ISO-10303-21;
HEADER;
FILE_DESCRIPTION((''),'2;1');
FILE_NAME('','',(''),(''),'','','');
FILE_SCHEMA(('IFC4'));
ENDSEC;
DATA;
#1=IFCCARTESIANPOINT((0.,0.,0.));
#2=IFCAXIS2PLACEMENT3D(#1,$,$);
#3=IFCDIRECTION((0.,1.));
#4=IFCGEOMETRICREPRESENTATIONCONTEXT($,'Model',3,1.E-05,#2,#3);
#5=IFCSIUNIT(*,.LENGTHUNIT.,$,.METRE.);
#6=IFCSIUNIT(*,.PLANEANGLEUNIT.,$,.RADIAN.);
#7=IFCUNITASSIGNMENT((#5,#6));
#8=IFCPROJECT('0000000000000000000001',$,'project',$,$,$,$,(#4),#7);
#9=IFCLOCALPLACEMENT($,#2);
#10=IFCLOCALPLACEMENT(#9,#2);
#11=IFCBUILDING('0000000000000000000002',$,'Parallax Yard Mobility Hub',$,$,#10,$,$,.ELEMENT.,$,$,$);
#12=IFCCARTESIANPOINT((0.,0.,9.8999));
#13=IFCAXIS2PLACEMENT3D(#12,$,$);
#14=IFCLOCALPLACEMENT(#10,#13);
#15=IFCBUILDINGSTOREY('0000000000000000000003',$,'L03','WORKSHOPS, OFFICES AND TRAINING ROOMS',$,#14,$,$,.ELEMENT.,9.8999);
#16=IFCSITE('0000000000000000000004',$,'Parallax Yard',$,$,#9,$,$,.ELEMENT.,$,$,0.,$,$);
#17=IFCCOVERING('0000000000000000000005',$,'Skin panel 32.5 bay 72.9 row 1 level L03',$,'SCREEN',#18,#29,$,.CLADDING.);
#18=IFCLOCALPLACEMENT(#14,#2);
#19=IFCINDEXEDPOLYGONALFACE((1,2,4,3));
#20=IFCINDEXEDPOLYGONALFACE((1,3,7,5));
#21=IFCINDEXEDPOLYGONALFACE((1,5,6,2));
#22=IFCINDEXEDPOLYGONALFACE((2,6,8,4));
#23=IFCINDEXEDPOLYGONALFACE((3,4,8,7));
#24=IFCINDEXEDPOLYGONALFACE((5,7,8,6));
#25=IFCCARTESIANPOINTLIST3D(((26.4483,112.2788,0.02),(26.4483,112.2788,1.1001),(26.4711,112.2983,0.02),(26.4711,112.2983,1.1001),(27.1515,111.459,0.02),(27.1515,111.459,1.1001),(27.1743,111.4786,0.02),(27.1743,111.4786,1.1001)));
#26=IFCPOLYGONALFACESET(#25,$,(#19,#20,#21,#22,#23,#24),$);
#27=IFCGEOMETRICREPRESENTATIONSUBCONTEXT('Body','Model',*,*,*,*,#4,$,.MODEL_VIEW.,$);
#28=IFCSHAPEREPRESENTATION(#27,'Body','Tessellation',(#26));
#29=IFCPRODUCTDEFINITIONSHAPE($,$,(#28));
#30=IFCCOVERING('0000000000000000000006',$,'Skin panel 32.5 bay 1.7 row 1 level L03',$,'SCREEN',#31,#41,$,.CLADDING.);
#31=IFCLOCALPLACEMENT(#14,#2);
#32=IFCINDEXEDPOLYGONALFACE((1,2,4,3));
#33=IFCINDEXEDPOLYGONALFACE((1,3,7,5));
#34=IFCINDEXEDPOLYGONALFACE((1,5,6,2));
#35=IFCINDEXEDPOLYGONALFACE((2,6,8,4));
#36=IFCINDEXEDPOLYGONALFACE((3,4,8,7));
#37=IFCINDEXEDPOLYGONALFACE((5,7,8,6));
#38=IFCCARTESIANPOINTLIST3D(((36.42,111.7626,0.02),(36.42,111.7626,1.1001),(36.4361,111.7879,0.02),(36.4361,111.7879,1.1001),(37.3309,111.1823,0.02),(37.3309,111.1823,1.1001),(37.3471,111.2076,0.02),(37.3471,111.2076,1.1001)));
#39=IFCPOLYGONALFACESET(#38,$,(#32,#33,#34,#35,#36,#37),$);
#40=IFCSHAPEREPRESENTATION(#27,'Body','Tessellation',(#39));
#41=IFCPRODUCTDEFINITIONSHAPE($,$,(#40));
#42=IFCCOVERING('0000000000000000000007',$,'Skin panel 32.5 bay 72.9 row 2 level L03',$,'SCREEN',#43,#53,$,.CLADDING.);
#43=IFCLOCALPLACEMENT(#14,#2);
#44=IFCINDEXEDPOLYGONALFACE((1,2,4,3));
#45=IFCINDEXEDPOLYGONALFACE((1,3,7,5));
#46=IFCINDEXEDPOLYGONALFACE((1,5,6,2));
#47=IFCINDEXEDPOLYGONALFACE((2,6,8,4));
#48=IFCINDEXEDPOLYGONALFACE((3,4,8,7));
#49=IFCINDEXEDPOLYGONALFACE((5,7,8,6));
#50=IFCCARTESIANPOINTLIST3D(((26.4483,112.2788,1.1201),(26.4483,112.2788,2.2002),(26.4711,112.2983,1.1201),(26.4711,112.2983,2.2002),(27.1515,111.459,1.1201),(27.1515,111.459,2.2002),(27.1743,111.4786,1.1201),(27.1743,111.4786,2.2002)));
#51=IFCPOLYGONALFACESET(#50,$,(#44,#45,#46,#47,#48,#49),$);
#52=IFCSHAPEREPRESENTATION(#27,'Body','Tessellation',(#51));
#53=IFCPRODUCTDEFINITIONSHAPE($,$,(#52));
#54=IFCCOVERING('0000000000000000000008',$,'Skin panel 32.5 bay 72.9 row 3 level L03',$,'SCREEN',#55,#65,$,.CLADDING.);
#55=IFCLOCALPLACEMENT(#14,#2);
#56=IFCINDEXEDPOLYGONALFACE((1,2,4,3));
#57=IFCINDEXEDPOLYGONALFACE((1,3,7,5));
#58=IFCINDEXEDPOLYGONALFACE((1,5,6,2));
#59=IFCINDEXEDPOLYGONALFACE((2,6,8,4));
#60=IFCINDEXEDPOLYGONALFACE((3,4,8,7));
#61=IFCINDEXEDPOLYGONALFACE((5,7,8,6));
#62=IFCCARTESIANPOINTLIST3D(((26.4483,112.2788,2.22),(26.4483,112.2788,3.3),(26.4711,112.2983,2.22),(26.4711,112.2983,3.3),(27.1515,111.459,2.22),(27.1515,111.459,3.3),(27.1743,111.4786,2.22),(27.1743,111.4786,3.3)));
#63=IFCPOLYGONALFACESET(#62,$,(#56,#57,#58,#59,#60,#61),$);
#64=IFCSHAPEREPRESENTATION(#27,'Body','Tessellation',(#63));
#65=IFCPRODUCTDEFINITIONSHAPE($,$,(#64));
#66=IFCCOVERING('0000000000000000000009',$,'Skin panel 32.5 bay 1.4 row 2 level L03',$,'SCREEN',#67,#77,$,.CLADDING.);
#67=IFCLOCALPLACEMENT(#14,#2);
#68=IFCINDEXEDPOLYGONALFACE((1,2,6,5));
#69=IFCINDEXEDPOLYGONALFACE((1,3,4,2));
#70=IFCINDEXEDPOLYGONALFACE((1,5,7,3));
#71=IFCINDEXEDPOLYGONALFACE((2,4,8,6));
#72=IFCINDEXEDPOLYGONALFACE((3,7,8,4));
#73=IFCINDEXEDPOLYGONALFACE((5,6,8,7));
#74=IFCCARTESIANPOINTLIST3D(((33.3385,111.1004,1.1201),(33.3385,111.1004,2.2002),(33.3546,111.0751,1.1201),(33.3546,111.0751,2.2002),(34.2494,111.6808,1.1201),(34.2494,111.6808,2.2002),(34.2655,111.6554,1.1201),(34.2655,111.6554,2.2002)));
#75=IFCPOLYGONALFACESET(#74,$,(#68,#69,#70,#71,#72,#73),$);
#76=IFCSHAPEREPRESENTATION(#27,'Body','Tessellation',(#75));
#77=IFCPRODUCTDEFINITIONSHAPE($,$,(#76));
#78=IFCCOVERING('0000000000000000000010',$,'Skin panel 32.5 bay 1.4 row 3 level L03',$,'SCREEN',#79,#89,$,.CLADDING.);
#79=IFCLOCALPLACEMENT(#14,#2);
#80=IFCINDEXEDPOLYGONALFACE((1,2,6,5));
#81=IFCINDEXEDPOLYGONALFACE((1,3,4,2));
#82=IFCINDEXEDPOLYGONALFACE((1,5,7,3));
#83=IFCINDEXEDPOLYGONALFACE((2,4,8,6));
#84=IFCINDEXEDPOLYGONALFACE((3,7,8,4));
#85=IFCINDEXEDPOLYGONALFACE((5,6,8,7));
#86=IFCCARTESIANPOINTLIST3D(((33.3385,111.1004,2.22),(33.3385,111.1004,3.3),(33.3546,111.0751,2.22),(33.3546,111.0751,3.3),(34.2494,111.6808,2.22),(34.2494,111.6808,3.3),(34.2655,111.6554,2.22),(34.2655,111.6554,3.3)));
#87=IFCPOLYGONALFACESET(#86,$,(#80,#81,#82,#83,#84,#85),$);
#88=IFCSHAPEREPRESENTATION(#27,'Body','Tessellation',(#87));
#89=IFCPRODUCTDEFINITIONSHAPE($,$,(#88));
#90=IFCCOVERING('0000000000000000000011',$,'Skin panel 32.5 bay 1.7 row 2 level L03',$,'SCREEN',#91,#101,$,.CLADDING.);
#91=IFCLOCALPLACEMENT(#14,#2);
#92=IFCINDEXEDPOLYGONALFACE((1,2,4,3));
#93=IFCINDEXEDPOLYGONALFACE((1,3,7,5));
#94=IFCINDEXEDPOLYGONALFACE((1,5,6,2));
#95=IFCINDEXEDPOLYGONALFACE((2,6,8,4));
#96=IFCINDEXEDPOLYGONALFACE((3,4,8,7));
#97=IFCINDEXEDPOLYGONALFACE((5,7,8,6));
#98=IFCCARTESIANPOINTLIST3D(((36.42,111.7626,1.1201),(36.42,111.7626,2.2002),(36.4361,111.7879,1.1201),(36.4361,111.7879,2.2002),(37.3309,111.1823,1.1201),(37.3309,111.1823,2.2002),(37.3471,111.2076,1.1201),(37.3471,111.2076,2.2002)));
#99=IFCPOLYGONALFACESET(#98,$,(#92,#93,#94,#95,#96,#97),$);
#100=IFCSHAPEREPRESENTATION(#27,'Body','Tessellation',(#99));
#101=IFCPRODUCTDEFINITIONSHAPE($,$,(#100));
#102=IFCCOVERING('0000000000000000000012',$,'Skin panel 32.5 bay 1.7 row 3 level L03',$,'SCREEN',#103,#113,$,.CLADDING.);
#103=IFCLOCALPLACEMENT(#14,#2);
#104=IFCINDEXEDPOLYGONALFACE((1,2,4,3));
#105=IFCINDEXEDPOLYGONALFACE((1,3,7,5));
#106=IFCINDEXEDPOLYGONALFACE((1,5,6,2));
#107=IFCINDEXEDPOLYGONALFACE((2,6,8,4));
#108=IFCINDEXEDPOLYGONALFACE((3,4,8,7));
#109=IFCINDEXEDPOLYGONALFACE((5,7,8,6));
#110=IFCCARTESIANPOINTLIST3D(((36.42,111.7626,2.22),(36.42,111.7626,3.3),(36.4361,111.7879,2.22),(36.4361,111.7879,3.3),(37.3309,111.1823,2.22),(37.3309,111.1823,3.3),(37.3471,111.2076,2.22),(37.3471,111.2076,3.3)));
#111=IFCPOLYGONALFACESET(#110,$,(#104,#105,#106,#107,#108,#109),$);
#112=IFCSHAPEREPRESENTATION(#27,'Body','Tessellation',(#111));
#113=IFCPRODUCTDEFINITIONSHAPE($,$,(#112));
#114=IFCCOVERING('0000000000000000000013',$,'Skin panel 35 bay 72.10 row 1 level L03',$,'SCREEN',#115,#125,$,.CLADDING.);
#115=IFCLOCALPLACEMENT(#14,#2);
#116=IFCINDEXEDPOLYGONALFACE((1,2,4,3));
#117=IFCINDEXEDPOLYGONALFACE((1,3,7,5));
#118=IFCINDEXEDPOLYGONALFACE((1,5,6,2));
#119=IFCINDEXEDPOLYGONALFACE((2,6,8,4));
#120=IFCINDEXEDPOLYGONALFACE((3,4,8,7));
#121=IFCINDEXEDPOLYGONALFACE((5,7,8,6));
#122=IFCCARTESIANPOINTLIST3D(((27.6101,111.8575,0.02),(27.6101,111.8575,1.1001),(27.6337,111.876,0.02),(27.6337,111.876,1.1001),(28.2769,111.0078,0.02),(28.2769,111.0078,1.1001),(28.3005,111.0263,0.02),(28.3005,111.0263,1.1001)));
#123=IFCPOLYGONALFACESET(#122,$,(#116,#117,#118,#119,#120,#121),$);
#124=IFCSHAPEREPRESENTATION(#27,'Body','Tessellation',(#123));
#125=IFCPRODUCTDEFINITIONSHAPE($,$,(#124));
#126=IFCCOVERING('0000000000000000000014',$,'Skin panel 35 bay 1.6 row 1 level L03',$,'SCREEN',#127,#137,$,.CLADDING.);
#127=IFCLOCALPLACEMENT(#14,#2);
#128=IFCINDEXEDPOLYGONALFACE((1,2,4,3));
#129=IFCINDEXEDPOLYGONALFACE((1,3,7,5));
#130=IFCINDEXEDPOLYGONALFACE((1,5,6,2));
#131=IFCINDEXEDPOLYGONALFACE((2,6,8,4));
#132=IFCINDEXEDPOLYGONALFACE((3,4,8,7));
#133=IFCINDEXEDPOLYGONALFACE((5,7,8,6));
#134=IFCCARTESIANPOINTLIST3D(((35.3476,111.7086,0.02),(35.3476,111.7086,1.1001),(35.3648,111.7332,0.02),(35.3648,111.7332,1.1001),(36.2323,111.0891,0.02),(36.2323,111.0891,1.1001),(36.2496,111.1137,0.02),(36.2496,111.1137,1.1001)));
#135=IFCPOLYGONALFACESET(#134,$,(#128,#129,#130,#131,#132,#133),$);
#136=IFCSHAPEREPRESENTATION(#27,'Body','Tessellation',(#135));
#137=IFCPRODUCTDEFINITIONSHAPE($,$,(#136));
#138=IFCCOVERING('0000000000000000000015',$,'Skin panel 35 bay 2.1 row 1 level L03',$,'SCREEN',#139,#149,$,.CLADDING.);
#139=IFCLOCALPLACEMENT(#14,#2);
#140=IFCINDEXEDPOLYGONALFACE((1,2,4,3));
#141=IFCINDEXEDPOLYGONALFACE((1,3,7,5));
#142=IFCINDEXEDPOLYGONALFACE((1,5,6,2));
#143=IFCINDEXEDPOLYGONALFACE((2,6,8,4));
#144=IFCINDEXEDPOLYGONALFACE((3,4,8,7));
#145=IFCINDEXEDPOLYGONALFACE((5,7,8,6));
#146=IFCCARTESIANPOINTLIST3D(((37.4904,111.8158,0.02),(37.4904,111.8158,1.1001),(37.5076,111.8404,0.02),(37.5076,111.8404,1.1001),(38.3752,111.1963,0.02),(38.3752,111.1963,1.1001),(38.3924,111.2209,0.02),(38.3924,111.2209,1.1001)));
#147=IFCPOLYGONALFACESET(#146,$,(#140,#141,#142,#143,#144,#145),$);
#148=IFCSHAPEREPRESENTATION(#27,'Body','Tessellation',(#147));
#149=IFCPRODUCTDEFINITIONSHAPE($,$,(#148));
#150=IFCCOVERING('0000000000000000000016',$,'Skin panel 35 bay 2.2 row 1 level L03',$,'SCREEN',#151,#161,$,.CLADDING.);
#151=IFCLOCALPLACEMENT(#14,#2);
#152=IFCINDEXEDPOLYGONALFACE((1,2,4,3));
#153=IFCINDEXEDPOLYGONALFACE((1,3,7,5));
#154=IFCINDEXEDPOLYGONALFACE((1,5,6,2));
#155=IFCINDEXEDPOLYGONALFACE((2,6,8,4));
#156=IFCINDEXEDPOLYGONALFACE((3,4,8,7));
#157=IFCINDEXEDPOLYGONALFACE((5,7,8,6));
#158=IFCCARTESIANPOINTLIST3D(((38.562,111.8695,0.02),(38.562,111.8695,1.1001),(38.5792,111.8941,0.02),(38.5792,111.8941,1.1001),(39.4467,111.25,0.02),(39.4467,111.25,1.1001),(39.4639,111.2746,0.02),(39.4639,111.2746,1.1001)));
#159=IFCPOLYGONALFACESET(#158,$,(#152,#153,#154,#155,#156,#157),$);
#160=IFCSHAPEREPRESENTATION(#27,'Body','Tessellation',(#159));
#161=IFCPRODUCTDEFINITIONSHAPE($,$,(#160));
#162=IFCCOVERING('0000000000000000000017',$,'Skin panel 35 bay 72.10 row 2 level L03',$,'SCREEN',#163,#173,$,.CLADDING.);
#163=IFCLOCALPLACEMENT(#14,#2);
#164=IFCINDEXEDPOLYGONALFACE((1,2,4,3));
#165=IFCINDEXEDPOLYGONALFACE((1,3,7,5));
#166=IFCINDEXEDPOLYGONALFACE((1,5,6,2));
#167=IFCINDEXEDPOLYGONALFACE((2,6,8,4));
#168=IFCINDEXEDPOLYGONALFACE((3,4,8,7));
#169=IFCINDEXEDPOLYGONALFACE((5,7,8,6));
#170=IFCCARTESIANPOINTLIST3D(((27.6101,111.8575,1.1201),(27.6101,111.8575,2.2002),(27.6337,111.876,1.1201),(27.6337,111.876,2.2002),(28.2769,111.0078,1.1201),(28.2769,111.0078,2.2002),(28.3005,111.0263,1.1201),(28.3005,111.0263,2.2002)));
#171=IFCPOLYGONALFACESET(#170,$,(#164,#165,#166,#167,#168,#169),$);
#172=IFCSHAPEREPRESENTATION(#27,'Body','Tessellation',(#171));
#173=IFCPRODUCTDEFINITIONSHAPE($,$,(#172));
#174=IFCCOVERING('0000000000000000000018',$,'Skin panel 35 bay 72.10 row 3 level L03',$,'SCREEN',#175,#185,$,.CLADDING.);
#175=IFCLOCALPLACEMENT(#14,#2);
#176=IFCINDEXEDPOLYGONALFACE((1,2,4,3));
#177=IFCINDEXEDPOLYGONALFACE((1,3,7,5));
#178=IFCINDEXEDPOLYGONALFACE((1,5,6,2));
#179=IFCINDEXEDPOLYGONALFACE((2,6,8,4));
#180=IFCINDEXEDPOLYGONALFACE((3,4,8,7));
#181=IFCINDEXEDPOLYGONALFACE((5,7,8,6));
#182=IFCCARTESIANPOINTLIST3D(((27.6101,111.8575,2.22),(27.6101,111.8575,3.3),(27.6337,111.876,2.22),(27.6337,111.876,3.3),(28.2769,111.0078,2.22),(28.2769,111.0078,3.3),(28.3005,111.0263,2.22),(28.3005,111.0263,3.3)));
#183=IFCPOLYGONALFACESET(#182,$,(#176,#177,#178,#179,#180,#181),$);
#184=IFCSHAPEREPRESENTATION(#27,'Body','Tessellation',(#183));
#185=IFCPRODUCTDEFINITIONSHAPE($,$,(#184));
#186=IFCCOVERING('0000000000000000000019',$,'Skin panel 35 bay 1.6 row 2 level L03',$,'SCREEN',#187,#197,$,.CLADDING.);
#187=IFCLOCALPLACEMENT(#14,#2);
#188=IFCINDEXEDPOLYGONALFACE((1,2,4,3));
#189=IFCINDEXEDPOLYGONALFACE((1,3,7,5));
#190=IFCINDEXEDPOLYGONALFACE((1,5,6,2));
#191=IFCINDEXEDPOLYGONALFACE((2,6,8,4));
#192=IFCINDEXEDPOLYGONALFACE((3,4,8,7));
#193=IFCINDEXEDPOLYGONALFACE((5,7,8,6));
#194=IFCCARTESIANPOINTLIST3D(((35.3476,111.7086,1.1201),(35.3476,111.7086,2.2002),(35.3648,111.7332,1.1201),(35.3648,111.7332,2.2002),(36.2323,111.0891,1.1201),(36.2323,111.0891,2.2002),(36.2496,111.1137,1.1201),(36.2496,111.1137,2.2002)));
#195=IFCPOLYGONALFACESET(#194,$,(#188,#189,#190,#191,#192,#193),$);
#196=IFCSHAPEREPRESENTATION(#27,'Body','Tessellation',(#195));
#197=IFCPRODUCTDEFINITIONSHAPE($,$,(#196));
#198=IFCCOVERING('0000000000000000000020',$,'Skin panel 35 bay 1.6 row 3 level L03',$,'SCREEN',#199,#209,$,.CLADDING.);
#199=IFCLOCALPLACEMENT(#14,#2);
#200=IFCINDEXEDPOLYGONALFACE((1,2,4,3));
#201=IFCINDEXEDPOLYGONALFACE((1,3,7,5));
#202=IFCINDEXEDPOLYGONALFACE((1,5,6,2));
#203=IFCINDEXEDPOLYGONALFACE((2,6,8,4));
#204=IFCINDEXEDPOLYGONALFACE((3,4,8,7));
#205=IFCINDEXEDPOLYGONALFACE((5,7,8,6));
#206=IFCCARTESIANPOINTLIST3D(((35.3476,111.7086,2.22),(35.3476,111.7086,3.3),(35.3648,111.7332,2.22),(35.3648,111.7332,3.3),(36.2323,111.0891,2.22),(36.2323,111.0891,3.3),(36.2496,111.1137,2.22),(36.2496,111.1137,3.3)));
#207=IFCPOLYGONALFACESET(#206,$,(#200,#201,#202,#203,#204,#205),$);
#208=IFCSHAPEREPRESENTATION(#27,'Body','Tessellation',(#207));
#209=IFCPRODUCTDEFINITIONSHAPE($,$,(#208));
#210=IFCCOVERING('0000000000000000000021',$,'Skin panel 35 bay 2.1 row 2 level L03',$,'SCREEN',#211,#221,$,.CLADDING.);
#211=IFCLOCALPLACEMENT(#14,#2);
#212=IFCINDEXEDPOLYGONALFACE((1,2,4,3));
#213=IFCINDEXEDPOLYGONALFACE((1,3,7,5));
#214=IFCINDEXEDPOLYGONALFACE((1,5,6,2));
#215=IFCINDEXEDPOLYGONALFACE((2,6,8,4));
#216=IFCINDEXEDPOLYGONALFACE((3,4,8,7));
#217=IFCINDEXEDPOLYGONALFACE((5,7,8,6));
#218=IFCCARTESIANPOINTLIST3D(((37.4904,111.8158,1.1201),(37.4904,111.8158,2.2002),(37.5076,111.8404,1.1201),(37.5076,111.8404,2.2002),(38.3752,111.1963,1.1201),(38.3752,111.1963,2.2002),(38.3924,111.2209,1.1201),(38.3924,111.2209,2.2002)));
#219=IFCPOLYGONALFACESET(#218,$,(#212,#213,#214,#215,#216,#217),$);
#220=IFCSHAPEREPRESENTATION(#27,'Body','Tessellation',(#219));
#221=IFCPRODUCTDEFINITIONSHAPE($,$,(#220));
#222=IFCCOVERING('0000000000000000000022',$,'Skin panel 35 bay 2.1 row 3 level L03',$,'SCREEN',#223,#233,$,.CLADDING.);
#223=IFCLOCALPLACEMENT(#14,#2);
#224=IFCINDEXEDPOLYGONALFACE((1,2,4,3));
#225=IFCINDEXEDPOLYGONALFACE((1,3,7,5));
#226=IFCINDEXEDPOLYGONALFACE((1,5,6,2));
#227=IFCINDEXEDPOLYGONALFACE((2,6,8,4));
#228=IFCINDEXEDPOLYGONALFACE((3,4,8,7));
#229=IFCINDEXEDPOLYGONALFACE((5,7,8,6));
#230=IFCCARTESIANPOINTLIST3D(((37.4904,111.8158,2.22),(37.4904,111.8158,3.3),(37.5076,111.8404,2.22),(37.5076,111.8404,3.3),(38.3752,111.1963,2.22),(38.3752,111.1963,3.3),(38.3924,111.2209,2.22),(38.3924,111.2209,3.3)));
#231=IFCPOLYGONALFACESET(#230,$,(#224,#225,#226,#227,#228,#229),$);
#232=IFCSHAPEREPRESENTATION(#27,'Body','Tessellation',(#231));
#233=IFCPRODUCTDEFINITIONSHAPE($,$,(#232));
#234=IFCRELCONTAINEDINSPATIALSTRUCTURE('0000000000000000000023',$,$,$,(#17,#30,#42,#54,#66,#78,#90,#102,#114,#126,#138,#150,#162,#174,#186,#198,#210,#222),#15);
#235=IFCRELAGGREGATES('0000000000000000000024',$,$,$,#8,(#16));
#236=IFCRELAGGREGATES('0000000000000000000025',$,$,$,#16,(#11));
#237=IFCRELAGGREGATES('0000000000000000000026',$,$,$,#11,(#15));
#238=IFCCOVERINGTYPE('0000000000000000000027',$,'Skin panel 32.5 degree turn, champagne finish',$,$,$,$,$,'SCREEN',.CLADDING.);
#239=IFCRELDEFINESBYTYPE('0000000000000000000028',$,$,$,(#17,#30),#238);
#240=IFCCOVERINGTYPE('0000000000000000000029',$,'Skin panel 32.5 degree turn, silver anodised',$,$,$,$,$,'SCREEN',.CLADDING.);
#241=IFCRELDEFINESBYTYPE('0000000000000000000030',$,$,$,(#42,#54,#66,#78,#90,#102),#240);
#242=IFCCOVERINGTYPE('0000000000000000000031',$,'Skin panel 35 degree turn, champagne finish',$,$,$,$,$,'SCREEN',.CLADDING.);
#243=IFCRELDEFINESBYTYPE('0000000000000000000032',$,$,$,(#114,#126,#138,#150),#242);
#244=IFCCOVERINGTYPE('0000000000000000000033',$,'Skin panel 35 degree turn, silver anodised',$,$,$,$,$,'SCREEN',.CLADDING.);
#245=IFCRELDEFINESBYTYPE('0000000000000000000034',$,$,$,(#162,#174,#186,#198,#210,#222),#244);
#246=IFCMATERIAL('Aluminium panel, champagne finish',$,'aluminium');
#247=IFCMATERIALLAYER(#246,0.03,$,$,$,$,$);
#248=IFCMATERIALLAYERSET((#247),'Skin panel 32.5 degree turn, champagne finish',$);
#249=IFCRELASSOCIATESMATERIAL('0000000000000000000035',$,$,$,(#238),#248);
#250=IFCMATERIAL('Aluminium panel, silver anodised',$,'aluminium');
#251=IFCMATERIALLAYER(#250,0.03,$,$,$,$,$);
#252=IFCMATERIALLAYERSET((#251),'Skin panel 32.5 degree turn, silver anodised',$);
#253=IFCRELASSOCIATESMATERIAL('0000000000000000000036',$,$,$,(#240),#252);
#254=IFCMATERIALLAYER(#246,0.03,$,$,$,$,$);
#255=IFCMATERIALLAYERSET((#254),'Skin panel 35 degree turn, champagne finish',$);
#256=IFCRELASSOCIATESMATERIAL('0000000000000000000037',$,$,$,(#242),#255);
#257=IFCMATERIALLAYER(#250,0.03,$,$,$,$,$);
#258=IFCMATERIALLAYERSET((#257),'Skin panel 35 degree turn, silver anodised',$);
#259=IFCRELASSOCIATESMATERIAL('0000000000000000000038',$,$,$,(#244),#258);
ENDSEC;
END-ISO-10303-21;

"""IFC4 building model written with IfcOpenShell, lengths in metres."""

from ifc_helpers import new_model, si_unit, direction, frame, origin, origin_2d, place, context, subcontext, project, spatial, rectangle, extrude, material, layer, layer_set, type_object, element, save


model = new_model("IFC4")

# Units and contexts
model_context = context("Model", 3, precision=1e-05, world=origin(), true_north=direction((0.0, 1.0)))
body_context = subcontext(model_context, "Body", "Model", "MODEL_VIEW")
ifc_project = project(units=[si_unit("LENGTHUNIT", "METRE"), si_unit("PLANEANGLEUNIT", "RADIAN")], contexts=[model_context])

# Site, building, storey
site_placement = place(None, origin())
site = spatial("IfcSite", under=ifc_project, at=site_placement, Name="Parallax Yard", CompositionType="ELEMENT", RefElevation=0.0)
building_placement = place(site_placement, origin())
building = spatial("IfcBuilding", under=site, at=building_placement, Name="Parallax Yard Mobility Hub", CompositionType="ELEMENT")
storey_placement = place(building_placement, frame((0.0, 0.0, 9.8999)))
storey = spatial("IfcBuildingStorey", under=building, at=storey_placement, Name="L03", Description="WORKSHOPS, OFFICES AND TRAINING ROOMS", CompositionType="ELEMENT", Elevation=9.8999)

# Coverings
ifc_material_1 = material(Name="Aluminium panel, champagne finish", Category="aluminium")
ifc_layer_1 = layer(ifc_material_1, 0.03)
ifc_layer_set_1 = layer_set([ifc_layer_1], Name="Skin panel 32.5 degree turn, champagne finish")
covering_type_1 = type_object("IfcCoveringType", Name="Skin panel 32.5 degree turn, champagne finish", ElementType="SCREEN", PredefinedType="CLADDING", material=ifc_layer_set_1)
for number, where, z_axis, x_axis, name in (
    (1, (26.8113, 111.8787, 0.02), (0.0, 0.0, 1.0), (0.651105, -0.758987, 0.0), "Skin panel 32.5 bay 72.9 row 1 level L03"),
    (2, (36.8835, 111.4851, 0.02), (0.0, 0.0, 1.0), (0.843391, -0.5373, 0.0), "Skin panel 32.5 bay 1.7 row 1 level L03"),
):
    element("IfcCovering", number, at=place(storey_placement, frame(where, z_axis=z_axis, x_axis=x_axis)), inside=storey, type_object=covering_type_1, Name=name, ObjectType="SCREEN", PredefinedType="CLADDING", context=body_context, shape_type="SweptSolid", body=[
        extrude(rectangle(XDim=1.0801, YDim=0.03, at=origin_2d()), origin(), (0.0, 0.0, 1.0), 1.0801),
    ])
ifc_material_2 = material(Name="Aluminium panel, silver anodised", Category="aluminium")
ifc_layer_2 = layer(ifc_material_2, 0.03)
ifc_layer_set_2 = layer_set([ifc_layer_2], Name="Skin panel 32.5 degree turn, silver anodised")
covering_type_2 = type_object("IfcCoveringType", Name="Skin panel 32.5 degree turn, silver anodised", ElementType="SCREEN", PredefinedType="CLADDING", material=ifc_layer_set_2)
for number, where, z_axis, x_axis, name in (
    (3, (26.8113, 111.8787, 1.1201), (0.0, 0.0, 1.0), (0.651105, -0.758987, 0.0), "Skin panel 32.5 bay 72.9 row 2 level L03"),
    (4, (26.8113, 111.8787, 2.22), (0.0, 0.0, 1.0), (0.651105, -0.758987, 0.0), "Skin panel 32.5 bay 72.9 row 3 level L03"),
    (5, (33.802, 111.3779, 1.1201), (0.0, 0.0, 1.0), (-0.843391, -0.5373, 0.0), "Skin panel 32.5 bay 1.4 row 2 level L03"),
    (6, (33.802, 111.3779, 2.22), (0.0, 0.0, 1.0), (-0.843391, -0.5373, 0.0), "Skin panel 32.5 bay 1.4 row 3 level L03"),
    (7, (36.8835, 111.4851, 1.1201), (0.0, 0.0, 1.0), (0.843391, -0.5373, 0.0), "Skin panel 32.5 bay 1.7 row 2 level L03"),
    (8, (36.8835, 111.4851, 2.22), (0.0, 0.0, 1.0), (0.843391, -0.5373, 0.0), "Skin panel 32.5 bay 1.7 row 3 level L03"),
):
    element("IfcCovering", number, at=place(storey_placement, frame(where, z_axis=z_axis, x_axis=x_axis)), inside=storey, type_object=covering_type_2, Name=name, ObjectType="SCREEN", PredefinedType="CLADDING", context=body_context, shape_type="SweptSolid", body=[
        extrude(rectangle(XDim=1.0801, YDim=0.03, at=origin_2d()), origin(), (0.0, 0.0, 1.0), 1.0801),
    ])
ifc_layer_3 = layer(ifc_material_1, 0.03)
ifc_layer_set_3 = layer_set([ifc_layer_3], Name="Skin panel 35 degree turn, champagne finish")
covering_type_3 = type_object("IfcCoveringType", Name="Skin panel 35 degree turn, champagne finish", ElementType="SCREEN", PredefinedType="CLADDING", material=ifc_layer_set_3)
for number, where, z_axis, x_axis, name in (
    (9, (27.9553, 111.4419, 0.02), (0.0, 0.0, 1.0), (0.617379, -0.786666, 0.0), "Skin panel 35 bay 72.10 row 1 level L03"),
    (10, (35.7986, 111.4111, 0.02), (0.0, 0.0, 1.0), (0.819152, -0.573576, 0.0), "Skin panel 35 bay 1.6 row 1 level L03"),
    (11, (37.9414, 111.5183, 0.02), (0.0, 0.0, 1.0), (0.819152, -0.573576, 0.0), "Skin panel 35 bay 2.1 row 1 level L03"),
    (12, (39.0129, 111.572, 0.02), (0.0, 0.0, 1.0), (0.819152, -0.573576, 0.0), "Skin panel 35 bay 2.2 row 1 level L03"),
):
    element("IfcCovering", number, at=place(storey_placement, frame(where, z_axis=z_axis, x_axis=x_axis)), inside=storey, type_object=covering_type_3, Name=name, ObjectType="SCREEN", PredefinedType="CLADDING", context=body_context, shape_type="SweptSolid", body=[
        extrude(rectangle(XDim=1.0801, YDim=0.03, at=origin_2d()), origin(), (0.0, 0.0, 1.0), 1.0801),
    ])
ifc_layer_4 = layer(ifc_material_2, 0.03)
ifc_layer_set_4 = layer_set([ifc_layer_4], Name="Skin panel 35 degree turn, silver anodised")
covering_type_4 = type_object("IfcCoveringType", Name="Skin panel 35 degree turn, silver anodised", ElementType="SCREEN", PredefinedType="CLADDING", material=ifc_layer_set_4)
for number, where, z_axis, x_axis, name in (
    (13, (27.9553, 111.4419, 1.1201), (0.0, 0.0, 1.0), (0.617379, -0.786666, 0.0), "Skin panel 35 bay 72.10 row 2 level L03"),
    (14, (27.9553, 111.4419, 2.22), (0.0, 0.0, 1.0), (0.617379, -0.786666, 0.0), "Skin panel 35 bay 72.10 row 3 level L03"),
    (15, (35.7986, 111.4111, 1.1201), (0.0, 0.0, 1.0), (0.819152, -0.573576, 0.0), "Skin panel 35 bay 1.6 row 2 level L03"),
    (16, (35.7986, 111.4111, 2.22), (0.0, 0.0, 1.0), (0.819152, -0.573576, 0.0), "Skin panel 35 bay 1.6 row 3 level L03"),
    (17, (37.9414, 111.5183, 1.1201), (0.0, 0.0, 1.0), (0.819152, -0.573576, 0.0), "Skin panel 35 bay 2.1 row 2 level L03"),
    (18, (37.9414, 111.5183, 2.22), (0.0, 0.0, 1.0), (0.819152, -0.573576, 0.0), "Skin panel 35 bay 2.1 row 3 level L03"),
):
    element("IfcCovering", number, at=place(storey_placement, frame(where, z_axis=z_axis, x_axis=x_axis)), inside=storey, type_object=covering_type_4, Name=name, ObjectType="SCREEN", PredefinedType="CLADDING", context=body_context, shape_type="SweptSolid", body=[
        extrude(rectangle(XDim=1.0801, YDim=0.03, at=origin_2d()), origin(), (0.0, 0.0, 1.0), 1.0801),
    ])

save(model, "model.ifc")
